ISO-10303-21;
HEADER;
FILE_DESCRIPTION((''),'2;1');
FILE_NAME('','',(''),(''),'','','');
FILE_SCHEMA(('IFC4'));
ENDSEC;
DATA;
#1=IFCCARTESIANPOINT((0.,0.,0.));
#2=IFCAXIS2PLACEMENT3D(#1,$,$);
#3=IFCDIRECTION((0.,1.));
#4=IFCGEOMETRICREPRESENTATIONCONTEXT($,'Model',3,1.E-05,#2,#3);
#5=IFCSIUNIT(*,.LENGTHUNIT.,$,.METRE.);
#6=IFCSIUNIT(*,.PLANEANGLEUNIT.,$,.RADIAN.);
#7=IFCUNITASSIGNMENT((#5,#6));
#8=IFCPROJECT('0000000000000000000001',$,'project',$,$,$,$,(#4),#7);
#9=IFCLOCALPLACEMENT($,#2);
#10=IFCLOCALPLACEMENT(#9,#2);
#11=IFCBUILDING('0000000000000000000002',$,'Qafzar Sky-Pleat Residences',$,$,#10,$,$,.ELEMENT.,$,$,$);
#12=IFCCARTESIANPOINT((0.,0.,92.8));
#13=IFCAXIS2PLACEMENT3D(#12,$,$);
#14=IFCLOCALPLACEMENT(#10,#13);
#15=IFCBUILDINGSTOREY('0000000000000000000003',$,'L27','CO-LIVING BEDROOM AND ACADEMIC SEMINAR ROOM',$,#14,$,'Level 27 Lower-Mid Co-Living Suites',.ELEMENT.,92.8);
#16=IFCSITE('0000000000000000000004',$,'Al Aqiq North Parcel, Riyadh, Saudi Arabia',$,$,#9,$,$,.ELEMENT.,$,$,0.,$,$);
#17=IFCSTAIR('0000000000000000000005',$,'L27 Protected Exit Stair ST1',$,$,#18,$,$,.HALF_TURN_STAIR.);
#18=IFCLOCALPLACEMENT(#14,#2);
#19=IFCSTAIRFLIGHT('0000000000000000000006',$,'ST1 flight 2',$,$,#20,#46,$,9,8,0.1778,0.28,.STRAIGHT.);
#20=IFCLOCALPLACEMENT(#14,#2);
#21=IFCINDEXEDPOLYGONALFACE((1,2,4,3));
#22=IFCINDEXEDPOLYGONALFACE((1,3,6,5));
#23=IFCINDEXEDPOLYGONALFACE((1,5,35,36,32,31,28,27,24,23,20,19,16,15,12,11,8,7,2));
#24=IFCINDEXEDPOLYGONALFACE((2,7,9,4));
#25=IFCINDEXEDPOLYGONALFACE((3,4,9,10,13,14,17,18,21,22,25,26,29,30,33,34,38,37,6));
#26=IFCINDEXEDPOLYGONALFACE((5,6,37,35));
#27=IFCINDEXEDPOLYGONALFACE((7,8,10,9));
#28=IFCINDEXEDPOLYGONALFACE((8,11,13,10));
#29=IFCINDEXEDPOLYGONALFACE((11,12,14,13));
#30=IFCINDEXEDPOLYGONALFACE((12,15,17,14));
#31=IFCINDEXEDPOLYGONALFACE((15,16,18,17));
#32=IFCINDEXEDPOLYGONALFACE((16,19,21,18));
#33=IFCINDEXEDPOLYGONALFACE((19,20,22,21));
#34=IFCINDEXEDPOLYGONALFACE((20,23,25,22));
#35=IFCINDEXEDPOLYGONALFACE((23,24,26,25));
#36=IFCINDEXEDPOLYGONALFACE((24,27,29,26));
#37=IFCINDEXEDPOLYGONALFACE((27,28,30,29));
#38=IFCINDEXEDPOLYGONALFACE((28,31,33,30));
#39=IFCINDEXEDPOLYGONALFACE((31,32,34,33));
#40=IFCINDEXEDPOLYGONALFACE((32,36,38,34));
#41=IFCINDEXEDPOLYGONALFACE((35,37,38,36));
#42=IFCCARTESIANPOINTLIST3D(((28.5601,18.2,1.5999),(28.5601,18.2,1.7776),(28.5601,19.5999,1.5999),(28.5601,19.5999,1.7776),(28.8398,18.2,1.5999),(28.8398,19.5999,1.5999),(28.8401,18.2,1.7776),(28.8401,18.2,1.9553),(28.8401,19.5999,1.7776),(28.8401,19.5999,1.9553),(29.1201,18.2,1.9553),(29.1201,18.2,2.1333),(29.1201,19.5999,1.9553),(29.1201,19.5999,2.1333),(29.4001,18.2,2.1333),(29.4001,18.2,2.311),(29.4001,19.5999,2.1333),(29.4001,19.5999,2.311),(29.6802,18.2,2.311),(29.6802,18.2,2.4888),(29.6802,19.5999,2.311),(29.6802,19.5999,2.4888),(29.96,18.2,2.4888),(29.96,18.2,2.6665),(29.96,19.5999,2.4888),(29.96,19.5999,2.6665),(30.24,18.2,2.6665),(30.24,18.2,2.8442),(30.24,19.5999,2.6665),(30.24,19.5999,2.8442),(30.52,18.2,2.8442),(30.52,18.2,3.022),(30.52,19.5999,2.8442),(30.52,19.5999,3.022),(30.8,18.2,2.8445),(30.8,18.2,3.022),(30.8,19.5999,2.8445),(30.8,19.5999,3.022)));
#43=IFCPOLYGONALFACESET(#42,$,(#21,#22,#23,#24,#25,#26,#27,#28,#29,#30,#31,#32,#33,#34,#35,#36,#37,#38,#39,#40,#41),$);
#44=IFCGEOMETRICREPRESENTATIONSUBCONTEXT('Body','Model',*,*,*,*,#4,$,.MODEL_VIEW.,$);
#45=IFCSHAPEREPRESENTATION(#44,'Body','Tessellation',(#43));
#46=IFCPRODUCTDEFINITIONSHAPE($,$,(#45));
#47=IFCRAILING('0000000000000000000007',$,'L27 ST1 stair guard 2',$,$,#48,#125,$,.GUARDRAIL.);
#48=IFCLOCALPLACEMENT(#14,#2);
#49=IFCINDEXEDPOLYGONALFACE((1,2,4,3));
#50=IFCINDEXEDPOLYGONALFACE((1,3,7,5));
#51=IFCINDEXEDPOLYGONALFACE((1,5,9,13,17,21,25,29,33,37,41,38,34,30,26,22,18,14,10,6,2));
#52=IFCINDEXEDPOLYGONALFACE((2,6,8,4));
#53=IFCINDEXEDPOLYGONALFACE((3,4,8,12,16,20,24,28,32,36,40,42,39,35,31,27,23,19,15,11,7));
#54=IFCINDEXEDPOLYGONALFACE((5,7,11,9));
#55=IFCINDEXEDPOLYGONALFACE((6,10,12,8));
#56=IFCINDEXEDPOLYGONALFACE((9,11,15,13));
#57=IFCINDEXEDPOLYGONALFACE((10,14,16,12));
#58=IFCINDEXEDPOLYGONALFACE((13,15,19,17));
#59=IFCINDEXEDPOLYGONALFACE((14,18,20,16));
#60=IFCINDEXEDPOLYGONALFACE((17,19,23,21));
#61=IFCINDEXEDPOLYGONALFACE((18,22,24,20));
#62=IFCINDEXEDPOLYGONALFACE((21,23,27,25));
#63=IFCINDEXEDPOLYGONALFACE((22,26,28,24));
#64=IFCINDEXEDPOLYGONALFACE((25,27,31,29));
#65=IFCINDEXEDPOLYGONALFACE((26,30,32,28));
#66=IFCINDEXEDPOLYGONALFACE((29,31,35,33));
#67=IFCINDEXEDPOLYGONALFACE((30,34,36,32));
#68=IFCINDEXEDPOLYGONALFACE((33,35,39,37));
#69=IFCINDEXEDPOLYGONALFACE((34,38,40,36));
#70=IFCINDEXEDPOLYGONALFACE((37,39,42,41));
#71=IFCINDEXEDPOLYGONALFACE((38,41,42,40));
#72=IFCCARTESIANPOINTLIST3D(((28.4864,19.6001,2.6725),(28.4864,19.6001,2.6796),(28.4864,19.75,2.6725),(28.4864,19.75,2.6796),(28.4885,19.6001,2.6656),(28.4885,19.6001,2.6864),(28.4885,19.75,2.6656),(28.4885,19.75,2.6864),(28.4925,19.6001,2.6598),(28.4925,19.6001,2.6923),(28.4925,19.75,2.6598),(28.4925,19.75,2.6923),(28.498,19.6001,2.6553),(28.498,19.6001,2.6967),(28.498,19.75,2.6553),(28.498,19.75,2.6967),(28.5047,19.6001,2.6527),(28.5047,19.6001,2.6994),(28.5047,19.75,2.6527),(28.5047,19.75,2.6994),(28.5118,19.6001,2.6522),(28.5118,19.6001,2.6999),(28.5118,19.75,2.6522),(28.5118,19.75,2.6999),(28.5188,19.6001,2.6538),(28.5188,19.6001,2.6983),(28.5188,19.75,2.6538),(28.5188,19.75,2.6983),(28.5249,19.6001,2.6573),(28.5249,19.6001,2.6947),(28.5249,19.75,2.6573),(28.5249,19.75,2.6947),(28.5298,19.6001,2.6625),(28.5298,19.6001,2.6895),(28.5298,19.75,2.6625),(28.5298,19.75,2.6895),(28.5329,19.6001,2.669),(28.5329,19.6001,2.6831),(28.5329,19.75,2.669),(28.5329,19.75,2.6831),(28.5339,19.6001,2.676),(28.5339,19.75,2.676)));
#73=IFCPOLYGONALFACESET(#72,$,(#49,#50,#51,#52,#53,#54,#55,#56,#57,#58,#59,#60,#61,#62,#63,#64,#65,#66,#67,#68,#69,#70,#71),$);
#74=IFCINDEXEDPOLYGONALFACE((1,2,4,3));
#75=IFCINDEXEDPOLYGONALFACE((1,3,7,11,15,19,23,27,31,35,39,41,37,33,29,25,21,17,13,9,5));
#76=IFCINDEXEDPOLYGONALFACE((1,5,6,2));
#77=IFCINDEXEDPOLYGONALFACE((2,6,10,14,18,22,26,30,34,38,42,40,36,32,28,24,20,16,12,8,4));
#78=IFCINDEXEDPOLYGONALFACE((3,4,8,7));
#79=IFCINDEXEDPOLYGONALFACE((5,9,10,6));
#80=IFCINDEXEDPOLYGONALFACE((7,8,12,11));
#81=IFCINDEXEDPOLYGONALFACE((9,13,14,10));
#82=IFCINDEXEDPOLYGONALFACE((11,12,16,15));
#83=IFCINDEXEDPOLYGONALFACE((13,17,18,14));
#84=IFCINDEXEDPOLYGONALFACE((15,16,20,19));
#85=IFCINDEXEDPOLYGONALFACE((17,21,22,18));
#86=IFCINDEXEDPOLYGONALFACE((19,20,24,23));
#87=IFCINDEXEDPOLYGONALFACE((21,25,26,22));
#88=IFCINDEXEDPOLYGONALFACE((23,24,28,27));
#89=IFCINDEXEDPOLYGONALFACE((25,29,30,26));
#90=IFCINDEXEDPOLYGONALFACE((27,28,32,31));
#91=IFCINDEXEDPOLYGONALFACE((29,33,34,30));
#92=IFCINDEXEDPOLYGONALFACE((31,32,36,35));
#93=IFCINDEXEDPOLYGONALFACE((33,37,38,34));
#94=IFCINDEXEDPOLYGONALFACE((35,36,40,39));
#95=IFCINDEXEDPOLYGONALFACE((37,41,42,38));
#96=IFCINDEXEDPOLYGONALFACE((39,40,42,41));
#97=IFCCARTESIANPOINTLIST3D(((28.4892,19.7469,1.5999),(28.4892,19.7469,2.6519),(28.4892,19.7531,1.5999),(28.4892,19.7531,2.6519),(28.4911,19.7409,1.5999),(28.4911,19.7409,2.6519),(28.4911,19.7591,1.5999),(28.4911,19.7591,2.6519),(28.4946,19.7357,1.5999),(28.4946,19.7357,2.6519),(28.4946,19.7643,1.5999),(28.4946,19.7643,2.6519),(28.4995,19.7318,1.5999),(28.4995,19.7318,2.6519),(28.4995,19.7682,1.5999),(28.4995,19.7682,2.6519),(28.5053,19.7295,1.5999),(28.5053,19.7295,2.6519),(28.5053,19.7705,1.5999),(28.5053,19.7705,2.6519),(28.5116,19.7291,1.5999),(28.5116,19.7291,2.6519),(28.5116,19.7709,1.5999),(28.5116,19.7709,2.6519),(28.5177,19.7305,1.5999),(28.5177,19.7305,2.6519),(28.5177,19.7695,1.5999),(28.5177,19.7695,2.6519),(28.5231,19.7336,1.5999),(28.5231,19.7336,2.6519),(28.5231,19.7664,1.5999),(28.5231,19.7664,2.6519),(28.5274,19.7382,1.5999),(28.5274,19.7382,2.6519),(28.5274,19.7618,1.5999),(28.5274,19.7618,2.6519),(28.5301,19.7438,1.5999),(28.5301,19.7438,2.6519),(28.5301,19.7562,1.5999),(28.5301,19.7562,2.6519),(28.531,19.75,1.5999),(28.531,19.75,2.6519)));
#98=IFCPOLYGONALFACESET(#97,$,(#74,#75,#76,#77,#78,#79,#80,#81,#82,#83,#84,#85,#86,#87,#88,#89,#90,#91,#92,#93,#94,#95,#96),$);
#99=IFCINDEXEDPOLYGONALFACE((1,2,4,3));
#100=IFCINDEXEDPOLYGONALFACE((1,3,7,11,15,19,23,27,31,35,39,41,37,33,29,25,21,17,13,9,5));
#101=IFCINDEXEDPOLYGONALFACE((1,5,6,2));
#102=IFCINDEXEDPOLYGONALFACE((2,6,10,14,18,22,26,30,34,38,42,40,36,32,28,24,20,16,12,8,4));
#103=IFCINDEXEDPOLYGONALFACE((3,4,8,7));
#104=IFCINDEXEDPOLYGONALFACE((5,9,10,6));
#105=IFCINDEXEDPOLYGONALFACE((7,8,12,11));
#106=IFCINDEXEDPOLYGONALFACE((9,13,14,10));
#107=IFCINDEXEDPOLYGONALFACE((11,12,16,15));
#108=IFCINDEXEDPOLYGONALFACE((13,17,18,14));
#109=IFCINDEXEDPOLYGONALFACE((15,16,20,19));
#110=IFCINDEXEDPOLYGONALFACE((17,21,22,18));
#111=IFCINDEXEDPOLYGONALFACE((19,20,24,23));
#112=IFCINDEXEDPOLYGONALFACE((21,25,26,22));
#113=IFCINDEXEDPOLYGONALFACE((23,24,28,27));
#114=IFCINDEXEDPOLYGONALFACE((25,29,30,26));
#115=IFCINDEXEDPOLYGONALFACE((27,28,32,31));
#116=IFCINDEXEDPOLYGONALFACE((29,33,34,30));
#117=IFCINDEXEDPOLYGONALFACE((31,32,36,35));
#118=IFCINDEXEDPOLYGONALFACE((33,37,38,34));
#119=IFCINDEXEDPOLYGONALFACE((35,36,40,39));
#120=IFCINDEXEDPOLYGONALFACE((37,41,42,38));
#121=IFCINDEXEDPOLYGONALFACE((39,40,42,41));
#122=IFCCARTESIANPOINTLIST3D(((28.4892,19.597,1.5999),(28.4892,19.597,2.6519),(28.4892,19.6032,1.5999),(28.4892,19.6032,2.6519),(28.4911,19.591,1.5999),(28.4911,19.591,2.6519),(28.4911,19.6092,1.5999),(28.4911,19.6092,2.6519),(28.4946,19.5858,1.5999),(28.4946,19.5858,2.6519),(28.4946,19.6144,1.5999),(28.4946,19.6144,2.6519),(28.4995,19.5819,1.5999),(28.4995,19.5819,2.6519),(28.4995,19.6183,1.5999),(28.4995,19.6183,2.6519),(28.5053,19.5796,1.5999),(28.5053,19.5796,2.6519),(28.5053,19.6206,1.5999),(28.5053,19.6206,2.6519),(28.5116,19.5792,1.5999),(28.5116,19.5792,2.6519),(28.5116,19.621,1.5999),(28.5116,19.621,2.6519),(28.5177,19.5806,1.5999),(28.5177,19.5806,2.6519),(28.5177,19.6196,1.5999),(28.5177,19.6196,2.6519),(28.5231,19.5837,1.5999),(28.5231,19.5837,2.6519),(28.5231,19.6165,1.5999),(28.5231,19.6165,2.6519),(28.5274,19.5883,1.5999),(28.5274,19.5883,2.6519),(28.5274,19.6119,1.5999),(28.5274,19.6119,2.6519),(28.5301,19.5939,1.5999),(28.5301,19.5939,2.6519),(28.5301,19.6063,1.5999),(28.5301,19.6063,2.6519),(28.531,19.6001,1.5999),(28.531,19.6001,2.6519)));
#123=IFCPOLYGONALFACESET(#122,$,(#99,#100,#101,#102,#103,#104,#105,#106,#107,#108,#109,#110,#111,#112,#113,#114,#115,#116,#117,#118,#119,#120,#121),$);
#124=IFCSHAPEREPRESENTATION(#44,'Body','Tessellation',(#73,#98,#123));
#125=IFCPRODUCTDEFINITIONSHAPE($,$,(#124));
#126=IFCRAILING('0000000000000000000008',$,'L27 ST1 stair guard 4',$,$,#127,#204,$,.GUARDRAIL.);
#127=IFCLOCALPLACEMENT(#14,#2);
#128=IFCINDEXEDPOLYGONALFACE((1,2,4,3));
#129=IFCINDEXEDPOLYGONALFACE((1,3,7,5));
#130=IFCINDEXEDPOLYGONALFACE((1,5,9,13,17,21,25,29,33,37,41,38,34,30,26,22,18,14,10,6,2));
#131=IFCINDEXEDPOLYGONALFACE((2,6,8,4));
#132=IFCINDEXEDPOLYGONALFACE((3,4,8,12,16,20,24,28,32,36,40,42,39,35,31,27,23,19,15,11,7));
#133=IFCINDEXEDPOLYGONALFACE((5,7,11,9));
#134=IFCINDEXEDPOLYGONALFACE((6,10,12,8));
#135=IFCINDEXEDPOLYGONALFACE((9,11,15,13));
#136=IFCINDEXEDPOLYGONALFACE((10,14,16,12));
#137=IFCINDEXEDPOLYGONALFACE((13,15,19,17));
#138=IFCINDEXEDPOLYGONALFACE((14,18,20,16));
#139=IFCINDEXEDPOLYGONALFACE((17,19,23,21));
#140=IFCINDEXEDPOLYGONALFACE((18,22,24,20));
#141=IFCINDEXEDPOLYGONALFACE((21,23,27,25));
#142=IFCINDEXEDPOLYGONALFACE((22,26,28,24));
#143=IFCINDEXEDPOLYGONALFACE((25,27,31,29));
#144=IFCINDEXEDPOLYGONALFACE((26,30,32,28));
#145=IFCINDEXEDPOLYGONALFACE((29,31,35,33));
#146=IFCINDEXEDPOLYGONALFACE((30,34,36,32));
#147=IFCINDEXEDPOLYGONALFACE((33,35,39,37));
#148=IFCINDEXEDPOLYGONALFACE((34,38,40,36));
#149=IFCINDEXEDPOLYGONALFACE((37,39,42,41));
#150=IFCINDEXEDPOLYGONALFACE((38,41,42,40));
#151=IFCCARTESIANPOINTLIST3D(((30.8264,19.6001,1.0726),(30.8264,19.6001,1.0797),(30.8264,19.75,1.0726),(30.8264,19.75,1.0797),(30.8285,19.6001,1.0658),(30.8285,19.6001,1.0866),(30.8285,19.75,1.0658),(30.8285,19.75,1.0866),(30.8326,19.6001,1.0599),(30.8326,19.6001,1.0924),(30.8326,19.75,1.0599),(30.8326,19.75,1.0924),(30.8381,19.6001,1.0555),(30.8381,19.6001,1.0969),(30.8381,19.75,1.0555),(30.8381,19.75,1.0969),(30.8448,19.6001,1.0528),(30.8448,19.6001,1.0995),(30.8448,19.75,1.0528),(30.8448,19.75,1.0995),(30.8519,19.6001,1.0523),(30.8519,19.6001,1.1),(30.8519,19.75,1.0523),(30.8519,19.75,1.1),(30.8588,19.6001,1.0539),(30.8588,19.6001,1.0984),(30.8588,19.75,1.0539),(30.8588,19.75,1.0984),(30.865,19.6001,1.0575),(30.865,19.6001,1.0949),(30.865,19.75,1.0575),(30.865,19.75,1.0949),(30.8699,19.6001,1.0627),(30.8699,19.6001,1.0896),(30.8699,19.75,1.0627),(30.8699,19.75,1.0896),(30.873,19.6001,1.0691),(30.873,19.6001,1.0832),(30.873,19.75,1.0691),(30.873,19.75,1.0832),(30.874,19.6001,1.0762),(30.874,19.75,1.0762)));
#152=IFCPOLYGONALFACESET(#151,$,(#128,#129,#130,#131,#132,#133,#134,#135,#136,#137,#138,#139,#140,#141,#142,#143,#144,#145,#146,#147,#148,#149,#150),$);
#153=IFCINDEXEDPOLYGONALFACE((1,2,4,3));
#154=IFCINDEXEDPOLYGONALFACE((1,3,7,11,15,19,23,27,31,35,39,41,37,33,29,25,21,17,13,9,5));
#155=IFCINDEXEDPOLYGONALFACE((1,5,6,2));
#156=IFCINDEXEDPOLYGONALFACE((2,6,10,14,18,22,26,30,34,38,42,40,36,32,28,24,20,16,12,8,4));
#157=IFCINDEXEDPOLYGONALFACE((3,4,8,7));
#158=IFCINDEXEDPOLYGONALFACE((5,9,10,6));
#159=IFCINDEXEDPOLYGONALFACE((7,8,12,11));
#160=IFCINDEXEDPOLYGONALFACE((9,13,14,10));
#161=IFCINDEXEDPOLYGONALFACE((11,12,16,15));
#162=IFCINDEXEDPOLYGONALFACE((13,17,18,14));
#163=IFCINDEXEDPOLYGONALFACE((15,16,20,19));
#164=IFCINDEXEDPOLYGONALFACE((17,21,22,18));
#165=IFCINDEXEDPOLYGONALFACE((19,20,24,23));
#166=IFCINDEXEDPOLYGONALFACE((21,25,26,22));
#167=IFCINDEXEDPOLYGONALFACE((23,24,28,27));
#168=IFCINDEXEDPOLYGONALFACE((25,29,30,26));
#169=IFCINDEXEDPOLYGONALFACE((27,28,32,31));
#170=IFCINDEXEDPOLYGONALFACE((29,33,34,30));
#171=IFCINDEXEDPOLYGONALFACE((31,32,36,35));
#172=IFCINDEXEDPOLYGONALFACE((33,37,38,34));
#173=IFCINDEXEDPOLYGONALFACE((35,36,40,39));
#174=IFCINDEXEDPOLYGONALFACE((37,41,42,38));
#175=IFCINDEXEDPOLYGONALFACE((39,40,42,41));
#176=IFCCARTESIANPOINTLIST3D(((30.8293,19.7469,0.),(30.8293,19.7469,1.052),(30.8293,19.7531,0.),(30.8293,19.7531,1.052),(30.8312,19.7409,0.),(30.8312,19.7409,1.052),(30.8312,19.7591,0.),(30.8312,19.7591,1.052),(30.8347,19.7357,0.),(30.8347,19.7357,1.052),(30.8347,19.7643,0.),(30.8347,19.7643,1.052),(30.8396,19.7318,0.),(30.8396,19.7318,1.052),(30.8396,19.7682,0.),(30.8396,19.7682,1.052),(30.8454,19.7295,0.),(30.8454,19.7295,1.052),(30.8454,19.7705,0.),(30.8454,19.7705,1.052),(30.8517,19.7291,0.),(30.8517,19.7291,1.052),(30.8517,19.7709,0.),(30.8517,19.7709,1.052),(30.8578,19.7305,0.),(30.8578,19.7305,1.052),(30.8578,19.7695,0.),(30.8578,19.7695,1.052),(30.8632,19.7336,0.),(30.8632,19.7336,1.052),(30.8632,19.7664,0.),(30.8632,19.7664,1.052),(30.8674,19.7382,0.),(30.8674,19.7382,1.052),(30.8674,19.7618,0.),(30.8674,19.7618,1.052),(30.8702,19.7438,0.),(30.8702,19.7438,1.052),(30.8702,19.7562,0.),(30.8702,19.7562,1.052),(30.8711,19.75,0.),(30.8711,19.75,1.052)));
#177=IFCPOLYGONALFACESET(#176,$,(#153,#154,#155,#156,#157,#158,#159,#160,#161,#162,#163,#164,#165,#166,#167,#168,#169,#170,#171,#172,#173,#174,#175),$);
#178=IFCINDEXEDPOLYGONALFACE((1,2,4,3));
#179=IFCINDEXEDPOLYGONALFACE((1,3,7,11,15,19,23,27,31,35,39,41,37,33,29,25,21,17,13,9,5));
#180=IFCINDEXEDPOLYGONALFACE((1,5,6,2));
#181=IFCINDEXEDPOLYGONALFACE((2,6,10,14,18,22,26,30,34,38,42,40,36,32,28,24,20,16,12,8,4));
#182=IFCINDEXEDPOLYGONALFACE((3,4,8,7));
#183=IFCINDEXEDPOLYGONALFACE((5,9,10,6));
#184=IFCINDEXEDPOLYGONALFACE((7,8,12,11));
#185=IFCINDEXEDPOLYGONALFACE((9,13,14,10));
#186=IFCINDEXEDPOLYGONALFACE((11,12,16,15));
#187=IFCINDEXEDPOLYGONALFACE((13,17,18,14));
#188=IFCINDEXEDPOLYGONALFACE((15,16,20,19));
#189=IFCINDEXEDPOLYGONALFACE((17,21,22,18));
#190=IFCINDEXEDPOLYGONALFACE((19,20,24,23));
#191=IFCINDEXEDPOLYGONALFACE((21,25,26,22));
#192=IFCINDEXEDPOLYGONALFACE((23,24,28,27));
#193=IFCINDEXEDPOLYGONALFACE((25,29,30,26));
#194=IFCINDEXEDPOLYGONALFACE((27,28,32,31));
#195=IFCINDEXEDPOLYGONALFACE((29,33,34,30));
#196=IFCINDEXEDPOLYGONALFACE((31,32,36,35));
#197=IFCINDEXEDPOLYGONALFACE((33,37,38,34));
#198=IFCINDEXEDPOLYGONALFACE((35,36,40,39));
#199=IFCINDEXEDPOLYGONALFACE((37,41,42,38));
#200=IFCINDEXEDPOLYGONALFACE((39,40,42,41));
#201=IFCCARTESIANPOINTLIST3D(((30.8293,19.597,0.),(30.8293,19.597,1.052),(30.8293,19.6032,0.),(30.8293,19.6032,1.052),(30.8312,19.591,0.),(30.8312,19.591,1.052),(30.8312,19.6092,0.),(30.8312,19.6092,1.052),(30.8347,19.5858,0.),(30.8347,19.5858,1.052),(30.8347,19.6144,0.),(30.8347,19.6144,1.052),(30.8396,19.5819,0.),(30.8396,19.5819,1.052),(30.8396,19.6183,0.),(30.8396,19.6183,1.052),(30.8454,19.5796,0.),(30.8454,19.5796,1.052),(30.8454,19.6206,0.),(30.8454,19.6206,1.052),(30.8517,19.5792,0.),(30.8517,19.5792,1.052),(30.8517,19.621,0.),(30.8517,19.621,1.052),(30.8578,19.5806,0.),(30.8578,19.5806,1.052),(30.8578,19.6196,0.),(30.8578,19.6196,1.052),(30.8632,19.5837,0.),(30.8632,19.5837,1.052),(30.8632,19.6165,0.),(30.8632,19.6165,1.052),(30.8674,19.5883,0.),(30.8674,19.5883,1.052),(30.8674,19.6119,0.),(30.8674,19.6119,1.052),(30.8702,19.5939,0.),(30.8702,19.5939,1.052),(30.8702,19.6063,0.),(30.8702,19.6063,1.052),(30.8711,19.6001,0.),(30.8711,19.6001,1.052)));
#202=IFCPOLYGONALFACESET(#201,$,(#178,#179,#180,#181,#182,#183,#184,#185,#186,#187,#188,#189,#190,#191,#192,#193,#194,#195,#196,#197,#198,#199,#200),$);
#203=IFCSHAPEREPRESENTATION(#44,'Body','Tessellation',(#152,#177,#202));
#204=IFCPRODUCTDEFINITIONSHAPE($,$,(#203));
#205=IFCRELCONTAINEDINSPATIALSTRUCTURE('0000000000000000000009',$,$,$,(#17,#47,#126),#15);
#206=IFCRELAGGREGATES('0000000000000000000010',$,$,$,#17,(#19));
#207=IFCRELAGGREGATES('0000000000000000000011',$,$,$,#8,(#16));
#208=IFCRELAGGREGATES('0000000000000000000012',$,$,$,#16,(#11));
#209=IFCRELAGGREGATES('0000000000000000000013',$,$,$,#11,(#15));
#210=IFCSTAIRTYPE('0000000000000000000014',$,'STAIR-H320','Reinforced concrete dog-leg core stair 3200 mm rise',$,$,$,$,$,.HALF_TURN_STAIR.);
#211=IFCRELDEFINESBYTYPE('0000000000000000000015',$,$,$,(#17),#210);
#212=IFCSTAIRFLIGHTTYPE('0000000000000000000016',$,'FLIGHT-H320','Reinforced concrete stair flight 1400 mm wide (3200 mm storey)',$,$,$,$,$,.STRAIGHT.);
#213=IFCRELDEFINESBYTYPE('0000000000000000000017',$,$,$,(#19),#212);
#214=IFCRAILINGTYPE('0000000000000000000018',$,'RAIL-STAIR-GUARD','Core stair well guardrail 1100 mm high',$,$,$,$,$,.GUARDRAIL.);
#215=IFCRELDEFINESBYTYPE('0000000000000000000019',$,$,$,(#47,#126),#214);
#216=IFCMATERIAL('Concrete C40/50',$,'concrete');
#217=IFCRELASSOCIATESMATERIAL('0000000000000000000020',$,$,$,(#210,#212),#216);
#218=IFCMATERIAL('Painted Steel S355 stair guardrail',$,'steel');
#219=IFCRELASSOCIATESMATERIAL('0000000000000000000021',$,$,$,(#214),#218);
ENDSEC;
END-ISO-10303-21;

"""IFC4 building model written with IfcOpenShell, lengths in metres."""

from ifc_helpers import new_model, si_unit, direction, frame, origin, origin_2d, place, context, subcontext, project, spatial, polyline, circle, outline, extrude, source, transform, mapped, material, type_object, element, aggregate, save


model = new_model("IFC4")

# Units and contexts
model_context = context("Model", 3, precision=1e-05, world=origin(), true_north=direction((0.0, 1.0)))
body_context = subcontext(model_context, "Body", "Model", "MODEL_VIEW")
ifc_project = project(units=[si_unit("LENGTHUNIT", "METRE"), si_unit("PLANEANGLEUNIT", "RADIAN")], contexts=[model_context])

# Site, building, storey
site_placement = place(None, origin())
site = spatial("IfcSite", under=ifc_project, at=site_placement, Name="Al Aqiq North Parcel, Riyadh, Saudi Arabia", CompositionType="ELEMENT", RefElevation=0.0)
building_placement = place(site_placement, origin())
building = spatial("IfcBuilding", under=site, at=building_placement, Name="Qafzar Sky-Pleat Residences", CompositionType="ELEMENT")
storey_placement = place(building_placement, frame((0.0, 0.0, 92.8)))
storey = spatial("IfcBuildingStorey", under=building, at=storey_placement, Name="L27", Description="CO-LIVING BEDROOM AND ACADEMIC SEMINAR ROOM", LongName="Level 27 Lower-Mid Co-Living Suites", CompositionType="ELEMENT", Elevation=92.8)

# Stair, stair flight
ifc_material_1 = material(Name="Concrete C40/50", Category="concrete")
stair_type = type_object("IfcStairType", Name="STAIR-H320", Description="Reinforced concrete dog-leg core stair 3200 mm rise", PredefinedType="HALF_TURN_STAIR", material=ifc_material_1)
stair_placement = place(storey_placement, origin())
stair = element("IfcStair", 1, at=stair_placement, inside=storey, type_object=stair_type, Name="L27 Protected Exit Stair ST1", PredefinedType="HALF_TURN_STAIR")
stair_flight_type = type_object("IfcStairFlightType", Name="FLIGHT-H320", Description="Reinforced concrete stair flight 1400 mm wide (3200 mm storey)", PredefinedType="STRAIGHT", material=ifc_material_1)
shared_shape_1 = source(origin(), body_context, "Body", "SweptSolid", [
    extrude(outline(polyline([(0.0, 0.0), (0.0, 0.1777), (0.28, 0.1777), (0.28, 0.3555), (0.5601, 0.3555), (0.5601, 0.5334), (0.8401, 0.5334), (0.8401, 0.7112), (1.1201, 0.7112), (1.1201, 0.8889), (1.3999, 0.8889), (1.3999, 1.0667), (1.6799, 1.0667), (1.6799, 1.2444), (1.96, 1.2444), (1.96, 1.4221), (2.24, 1.4221), (2.24, 1.6001), (2.24, 1.2446), (0.2798, 0.0), (0.0, 0.0)])), frame((0.0, 0.7, 0.0), z_axis=(0.0, -1.0, 0.0), x_axis=(1.0, 0.0, 0.0)), (0.0, 0.0, 1.0), 1.3999),
])
stair_flight_1_placement = place(storey_placement, frame((28.5601, 18.8999, 1.5999), z_axis=(0.0, 0.0, 1.0), x_axis=(1.0, 0.0, 0.0)))
stair_flight_1 = element("IfcStairFlight", 2, at=stair_flight_1_placement, type_object=stair_flight_type, Name="ST1 flight 2", NumberOfRisers=9, NumberOfTreads=8, PredefinedType="STRAIGHT", RiserHeight=0.1778, TreadLength=0.28, context=body_context, shape_type="MappedRepresentation", body=[
    mapped(shared_shape_1, transform((0.0, 0.0, 0.0), x_axis=(1.0, 0.0, 0.0), y_axis=(0.0, 1.0, 0.0), z_axis=(0.0, 0.0, 1.0), scale=1.0)),
])
aggregate(stair, [stair_flight_1])

# Railings
ifc_material_2 = material(Name="Painted Steel S355 stair guardrail", Category="steel")
railing_type_1 = type_object("IfcRailingType", Name="RAIL-STAIR-GUARD", Description="Core stair well guardrail 1100 mm high", PredefinedType="GUARDRAIL", material=ifc_material_2)
shared_shape_2 = source(origin(), body_context, "Body", "SweptSolid", [
    extrude(circle(Radius=0.0239, at=origin_2d()), frame((0.0, 0.0, 1.0762), z_axis=(0.0, -1.0, 0.0), x_axis=(1.0, 0.0, 0.0)), (0.0, 0.0, 1.0), 0.1499),
    extrude(circle(Radius=0.021, at=origin_2d()), origin(), (0.0, 0.0, 1.0), 1.052),
    extrude(circle(Radius=0.021, at=origin_2d()), frame((0.0, -0.1499, 0.0)), (0.0, 0.0, 1.0), 1.052),
])
for number, where, name in (
    (3, (28.51, 19.75, 1.5999), "L27 ST1 stair guard 2"),
    (4, (30.8501, 19.75, 0.0), "L27 ST1 stair guard 4"),
):
    element("IfcRailing", number, at=place(storey_placement, frame(where)), inside=storey, type_object=railing_type_1, Name=name, PredefinedType="GUARDRAIL", context=body_context, shape_type="MappedRepresentation", body=[
        mapped(shared_shape_2, transform((0.0, 0.0, 0.0), x_axis=(1.0, 0.0, 0.0), y_axis=(0.0, 1.0, 0.0), z_axis=(0.0, 0.0, 1.0), scale=1.0)),
    ])

save(model, "model.ifc")
